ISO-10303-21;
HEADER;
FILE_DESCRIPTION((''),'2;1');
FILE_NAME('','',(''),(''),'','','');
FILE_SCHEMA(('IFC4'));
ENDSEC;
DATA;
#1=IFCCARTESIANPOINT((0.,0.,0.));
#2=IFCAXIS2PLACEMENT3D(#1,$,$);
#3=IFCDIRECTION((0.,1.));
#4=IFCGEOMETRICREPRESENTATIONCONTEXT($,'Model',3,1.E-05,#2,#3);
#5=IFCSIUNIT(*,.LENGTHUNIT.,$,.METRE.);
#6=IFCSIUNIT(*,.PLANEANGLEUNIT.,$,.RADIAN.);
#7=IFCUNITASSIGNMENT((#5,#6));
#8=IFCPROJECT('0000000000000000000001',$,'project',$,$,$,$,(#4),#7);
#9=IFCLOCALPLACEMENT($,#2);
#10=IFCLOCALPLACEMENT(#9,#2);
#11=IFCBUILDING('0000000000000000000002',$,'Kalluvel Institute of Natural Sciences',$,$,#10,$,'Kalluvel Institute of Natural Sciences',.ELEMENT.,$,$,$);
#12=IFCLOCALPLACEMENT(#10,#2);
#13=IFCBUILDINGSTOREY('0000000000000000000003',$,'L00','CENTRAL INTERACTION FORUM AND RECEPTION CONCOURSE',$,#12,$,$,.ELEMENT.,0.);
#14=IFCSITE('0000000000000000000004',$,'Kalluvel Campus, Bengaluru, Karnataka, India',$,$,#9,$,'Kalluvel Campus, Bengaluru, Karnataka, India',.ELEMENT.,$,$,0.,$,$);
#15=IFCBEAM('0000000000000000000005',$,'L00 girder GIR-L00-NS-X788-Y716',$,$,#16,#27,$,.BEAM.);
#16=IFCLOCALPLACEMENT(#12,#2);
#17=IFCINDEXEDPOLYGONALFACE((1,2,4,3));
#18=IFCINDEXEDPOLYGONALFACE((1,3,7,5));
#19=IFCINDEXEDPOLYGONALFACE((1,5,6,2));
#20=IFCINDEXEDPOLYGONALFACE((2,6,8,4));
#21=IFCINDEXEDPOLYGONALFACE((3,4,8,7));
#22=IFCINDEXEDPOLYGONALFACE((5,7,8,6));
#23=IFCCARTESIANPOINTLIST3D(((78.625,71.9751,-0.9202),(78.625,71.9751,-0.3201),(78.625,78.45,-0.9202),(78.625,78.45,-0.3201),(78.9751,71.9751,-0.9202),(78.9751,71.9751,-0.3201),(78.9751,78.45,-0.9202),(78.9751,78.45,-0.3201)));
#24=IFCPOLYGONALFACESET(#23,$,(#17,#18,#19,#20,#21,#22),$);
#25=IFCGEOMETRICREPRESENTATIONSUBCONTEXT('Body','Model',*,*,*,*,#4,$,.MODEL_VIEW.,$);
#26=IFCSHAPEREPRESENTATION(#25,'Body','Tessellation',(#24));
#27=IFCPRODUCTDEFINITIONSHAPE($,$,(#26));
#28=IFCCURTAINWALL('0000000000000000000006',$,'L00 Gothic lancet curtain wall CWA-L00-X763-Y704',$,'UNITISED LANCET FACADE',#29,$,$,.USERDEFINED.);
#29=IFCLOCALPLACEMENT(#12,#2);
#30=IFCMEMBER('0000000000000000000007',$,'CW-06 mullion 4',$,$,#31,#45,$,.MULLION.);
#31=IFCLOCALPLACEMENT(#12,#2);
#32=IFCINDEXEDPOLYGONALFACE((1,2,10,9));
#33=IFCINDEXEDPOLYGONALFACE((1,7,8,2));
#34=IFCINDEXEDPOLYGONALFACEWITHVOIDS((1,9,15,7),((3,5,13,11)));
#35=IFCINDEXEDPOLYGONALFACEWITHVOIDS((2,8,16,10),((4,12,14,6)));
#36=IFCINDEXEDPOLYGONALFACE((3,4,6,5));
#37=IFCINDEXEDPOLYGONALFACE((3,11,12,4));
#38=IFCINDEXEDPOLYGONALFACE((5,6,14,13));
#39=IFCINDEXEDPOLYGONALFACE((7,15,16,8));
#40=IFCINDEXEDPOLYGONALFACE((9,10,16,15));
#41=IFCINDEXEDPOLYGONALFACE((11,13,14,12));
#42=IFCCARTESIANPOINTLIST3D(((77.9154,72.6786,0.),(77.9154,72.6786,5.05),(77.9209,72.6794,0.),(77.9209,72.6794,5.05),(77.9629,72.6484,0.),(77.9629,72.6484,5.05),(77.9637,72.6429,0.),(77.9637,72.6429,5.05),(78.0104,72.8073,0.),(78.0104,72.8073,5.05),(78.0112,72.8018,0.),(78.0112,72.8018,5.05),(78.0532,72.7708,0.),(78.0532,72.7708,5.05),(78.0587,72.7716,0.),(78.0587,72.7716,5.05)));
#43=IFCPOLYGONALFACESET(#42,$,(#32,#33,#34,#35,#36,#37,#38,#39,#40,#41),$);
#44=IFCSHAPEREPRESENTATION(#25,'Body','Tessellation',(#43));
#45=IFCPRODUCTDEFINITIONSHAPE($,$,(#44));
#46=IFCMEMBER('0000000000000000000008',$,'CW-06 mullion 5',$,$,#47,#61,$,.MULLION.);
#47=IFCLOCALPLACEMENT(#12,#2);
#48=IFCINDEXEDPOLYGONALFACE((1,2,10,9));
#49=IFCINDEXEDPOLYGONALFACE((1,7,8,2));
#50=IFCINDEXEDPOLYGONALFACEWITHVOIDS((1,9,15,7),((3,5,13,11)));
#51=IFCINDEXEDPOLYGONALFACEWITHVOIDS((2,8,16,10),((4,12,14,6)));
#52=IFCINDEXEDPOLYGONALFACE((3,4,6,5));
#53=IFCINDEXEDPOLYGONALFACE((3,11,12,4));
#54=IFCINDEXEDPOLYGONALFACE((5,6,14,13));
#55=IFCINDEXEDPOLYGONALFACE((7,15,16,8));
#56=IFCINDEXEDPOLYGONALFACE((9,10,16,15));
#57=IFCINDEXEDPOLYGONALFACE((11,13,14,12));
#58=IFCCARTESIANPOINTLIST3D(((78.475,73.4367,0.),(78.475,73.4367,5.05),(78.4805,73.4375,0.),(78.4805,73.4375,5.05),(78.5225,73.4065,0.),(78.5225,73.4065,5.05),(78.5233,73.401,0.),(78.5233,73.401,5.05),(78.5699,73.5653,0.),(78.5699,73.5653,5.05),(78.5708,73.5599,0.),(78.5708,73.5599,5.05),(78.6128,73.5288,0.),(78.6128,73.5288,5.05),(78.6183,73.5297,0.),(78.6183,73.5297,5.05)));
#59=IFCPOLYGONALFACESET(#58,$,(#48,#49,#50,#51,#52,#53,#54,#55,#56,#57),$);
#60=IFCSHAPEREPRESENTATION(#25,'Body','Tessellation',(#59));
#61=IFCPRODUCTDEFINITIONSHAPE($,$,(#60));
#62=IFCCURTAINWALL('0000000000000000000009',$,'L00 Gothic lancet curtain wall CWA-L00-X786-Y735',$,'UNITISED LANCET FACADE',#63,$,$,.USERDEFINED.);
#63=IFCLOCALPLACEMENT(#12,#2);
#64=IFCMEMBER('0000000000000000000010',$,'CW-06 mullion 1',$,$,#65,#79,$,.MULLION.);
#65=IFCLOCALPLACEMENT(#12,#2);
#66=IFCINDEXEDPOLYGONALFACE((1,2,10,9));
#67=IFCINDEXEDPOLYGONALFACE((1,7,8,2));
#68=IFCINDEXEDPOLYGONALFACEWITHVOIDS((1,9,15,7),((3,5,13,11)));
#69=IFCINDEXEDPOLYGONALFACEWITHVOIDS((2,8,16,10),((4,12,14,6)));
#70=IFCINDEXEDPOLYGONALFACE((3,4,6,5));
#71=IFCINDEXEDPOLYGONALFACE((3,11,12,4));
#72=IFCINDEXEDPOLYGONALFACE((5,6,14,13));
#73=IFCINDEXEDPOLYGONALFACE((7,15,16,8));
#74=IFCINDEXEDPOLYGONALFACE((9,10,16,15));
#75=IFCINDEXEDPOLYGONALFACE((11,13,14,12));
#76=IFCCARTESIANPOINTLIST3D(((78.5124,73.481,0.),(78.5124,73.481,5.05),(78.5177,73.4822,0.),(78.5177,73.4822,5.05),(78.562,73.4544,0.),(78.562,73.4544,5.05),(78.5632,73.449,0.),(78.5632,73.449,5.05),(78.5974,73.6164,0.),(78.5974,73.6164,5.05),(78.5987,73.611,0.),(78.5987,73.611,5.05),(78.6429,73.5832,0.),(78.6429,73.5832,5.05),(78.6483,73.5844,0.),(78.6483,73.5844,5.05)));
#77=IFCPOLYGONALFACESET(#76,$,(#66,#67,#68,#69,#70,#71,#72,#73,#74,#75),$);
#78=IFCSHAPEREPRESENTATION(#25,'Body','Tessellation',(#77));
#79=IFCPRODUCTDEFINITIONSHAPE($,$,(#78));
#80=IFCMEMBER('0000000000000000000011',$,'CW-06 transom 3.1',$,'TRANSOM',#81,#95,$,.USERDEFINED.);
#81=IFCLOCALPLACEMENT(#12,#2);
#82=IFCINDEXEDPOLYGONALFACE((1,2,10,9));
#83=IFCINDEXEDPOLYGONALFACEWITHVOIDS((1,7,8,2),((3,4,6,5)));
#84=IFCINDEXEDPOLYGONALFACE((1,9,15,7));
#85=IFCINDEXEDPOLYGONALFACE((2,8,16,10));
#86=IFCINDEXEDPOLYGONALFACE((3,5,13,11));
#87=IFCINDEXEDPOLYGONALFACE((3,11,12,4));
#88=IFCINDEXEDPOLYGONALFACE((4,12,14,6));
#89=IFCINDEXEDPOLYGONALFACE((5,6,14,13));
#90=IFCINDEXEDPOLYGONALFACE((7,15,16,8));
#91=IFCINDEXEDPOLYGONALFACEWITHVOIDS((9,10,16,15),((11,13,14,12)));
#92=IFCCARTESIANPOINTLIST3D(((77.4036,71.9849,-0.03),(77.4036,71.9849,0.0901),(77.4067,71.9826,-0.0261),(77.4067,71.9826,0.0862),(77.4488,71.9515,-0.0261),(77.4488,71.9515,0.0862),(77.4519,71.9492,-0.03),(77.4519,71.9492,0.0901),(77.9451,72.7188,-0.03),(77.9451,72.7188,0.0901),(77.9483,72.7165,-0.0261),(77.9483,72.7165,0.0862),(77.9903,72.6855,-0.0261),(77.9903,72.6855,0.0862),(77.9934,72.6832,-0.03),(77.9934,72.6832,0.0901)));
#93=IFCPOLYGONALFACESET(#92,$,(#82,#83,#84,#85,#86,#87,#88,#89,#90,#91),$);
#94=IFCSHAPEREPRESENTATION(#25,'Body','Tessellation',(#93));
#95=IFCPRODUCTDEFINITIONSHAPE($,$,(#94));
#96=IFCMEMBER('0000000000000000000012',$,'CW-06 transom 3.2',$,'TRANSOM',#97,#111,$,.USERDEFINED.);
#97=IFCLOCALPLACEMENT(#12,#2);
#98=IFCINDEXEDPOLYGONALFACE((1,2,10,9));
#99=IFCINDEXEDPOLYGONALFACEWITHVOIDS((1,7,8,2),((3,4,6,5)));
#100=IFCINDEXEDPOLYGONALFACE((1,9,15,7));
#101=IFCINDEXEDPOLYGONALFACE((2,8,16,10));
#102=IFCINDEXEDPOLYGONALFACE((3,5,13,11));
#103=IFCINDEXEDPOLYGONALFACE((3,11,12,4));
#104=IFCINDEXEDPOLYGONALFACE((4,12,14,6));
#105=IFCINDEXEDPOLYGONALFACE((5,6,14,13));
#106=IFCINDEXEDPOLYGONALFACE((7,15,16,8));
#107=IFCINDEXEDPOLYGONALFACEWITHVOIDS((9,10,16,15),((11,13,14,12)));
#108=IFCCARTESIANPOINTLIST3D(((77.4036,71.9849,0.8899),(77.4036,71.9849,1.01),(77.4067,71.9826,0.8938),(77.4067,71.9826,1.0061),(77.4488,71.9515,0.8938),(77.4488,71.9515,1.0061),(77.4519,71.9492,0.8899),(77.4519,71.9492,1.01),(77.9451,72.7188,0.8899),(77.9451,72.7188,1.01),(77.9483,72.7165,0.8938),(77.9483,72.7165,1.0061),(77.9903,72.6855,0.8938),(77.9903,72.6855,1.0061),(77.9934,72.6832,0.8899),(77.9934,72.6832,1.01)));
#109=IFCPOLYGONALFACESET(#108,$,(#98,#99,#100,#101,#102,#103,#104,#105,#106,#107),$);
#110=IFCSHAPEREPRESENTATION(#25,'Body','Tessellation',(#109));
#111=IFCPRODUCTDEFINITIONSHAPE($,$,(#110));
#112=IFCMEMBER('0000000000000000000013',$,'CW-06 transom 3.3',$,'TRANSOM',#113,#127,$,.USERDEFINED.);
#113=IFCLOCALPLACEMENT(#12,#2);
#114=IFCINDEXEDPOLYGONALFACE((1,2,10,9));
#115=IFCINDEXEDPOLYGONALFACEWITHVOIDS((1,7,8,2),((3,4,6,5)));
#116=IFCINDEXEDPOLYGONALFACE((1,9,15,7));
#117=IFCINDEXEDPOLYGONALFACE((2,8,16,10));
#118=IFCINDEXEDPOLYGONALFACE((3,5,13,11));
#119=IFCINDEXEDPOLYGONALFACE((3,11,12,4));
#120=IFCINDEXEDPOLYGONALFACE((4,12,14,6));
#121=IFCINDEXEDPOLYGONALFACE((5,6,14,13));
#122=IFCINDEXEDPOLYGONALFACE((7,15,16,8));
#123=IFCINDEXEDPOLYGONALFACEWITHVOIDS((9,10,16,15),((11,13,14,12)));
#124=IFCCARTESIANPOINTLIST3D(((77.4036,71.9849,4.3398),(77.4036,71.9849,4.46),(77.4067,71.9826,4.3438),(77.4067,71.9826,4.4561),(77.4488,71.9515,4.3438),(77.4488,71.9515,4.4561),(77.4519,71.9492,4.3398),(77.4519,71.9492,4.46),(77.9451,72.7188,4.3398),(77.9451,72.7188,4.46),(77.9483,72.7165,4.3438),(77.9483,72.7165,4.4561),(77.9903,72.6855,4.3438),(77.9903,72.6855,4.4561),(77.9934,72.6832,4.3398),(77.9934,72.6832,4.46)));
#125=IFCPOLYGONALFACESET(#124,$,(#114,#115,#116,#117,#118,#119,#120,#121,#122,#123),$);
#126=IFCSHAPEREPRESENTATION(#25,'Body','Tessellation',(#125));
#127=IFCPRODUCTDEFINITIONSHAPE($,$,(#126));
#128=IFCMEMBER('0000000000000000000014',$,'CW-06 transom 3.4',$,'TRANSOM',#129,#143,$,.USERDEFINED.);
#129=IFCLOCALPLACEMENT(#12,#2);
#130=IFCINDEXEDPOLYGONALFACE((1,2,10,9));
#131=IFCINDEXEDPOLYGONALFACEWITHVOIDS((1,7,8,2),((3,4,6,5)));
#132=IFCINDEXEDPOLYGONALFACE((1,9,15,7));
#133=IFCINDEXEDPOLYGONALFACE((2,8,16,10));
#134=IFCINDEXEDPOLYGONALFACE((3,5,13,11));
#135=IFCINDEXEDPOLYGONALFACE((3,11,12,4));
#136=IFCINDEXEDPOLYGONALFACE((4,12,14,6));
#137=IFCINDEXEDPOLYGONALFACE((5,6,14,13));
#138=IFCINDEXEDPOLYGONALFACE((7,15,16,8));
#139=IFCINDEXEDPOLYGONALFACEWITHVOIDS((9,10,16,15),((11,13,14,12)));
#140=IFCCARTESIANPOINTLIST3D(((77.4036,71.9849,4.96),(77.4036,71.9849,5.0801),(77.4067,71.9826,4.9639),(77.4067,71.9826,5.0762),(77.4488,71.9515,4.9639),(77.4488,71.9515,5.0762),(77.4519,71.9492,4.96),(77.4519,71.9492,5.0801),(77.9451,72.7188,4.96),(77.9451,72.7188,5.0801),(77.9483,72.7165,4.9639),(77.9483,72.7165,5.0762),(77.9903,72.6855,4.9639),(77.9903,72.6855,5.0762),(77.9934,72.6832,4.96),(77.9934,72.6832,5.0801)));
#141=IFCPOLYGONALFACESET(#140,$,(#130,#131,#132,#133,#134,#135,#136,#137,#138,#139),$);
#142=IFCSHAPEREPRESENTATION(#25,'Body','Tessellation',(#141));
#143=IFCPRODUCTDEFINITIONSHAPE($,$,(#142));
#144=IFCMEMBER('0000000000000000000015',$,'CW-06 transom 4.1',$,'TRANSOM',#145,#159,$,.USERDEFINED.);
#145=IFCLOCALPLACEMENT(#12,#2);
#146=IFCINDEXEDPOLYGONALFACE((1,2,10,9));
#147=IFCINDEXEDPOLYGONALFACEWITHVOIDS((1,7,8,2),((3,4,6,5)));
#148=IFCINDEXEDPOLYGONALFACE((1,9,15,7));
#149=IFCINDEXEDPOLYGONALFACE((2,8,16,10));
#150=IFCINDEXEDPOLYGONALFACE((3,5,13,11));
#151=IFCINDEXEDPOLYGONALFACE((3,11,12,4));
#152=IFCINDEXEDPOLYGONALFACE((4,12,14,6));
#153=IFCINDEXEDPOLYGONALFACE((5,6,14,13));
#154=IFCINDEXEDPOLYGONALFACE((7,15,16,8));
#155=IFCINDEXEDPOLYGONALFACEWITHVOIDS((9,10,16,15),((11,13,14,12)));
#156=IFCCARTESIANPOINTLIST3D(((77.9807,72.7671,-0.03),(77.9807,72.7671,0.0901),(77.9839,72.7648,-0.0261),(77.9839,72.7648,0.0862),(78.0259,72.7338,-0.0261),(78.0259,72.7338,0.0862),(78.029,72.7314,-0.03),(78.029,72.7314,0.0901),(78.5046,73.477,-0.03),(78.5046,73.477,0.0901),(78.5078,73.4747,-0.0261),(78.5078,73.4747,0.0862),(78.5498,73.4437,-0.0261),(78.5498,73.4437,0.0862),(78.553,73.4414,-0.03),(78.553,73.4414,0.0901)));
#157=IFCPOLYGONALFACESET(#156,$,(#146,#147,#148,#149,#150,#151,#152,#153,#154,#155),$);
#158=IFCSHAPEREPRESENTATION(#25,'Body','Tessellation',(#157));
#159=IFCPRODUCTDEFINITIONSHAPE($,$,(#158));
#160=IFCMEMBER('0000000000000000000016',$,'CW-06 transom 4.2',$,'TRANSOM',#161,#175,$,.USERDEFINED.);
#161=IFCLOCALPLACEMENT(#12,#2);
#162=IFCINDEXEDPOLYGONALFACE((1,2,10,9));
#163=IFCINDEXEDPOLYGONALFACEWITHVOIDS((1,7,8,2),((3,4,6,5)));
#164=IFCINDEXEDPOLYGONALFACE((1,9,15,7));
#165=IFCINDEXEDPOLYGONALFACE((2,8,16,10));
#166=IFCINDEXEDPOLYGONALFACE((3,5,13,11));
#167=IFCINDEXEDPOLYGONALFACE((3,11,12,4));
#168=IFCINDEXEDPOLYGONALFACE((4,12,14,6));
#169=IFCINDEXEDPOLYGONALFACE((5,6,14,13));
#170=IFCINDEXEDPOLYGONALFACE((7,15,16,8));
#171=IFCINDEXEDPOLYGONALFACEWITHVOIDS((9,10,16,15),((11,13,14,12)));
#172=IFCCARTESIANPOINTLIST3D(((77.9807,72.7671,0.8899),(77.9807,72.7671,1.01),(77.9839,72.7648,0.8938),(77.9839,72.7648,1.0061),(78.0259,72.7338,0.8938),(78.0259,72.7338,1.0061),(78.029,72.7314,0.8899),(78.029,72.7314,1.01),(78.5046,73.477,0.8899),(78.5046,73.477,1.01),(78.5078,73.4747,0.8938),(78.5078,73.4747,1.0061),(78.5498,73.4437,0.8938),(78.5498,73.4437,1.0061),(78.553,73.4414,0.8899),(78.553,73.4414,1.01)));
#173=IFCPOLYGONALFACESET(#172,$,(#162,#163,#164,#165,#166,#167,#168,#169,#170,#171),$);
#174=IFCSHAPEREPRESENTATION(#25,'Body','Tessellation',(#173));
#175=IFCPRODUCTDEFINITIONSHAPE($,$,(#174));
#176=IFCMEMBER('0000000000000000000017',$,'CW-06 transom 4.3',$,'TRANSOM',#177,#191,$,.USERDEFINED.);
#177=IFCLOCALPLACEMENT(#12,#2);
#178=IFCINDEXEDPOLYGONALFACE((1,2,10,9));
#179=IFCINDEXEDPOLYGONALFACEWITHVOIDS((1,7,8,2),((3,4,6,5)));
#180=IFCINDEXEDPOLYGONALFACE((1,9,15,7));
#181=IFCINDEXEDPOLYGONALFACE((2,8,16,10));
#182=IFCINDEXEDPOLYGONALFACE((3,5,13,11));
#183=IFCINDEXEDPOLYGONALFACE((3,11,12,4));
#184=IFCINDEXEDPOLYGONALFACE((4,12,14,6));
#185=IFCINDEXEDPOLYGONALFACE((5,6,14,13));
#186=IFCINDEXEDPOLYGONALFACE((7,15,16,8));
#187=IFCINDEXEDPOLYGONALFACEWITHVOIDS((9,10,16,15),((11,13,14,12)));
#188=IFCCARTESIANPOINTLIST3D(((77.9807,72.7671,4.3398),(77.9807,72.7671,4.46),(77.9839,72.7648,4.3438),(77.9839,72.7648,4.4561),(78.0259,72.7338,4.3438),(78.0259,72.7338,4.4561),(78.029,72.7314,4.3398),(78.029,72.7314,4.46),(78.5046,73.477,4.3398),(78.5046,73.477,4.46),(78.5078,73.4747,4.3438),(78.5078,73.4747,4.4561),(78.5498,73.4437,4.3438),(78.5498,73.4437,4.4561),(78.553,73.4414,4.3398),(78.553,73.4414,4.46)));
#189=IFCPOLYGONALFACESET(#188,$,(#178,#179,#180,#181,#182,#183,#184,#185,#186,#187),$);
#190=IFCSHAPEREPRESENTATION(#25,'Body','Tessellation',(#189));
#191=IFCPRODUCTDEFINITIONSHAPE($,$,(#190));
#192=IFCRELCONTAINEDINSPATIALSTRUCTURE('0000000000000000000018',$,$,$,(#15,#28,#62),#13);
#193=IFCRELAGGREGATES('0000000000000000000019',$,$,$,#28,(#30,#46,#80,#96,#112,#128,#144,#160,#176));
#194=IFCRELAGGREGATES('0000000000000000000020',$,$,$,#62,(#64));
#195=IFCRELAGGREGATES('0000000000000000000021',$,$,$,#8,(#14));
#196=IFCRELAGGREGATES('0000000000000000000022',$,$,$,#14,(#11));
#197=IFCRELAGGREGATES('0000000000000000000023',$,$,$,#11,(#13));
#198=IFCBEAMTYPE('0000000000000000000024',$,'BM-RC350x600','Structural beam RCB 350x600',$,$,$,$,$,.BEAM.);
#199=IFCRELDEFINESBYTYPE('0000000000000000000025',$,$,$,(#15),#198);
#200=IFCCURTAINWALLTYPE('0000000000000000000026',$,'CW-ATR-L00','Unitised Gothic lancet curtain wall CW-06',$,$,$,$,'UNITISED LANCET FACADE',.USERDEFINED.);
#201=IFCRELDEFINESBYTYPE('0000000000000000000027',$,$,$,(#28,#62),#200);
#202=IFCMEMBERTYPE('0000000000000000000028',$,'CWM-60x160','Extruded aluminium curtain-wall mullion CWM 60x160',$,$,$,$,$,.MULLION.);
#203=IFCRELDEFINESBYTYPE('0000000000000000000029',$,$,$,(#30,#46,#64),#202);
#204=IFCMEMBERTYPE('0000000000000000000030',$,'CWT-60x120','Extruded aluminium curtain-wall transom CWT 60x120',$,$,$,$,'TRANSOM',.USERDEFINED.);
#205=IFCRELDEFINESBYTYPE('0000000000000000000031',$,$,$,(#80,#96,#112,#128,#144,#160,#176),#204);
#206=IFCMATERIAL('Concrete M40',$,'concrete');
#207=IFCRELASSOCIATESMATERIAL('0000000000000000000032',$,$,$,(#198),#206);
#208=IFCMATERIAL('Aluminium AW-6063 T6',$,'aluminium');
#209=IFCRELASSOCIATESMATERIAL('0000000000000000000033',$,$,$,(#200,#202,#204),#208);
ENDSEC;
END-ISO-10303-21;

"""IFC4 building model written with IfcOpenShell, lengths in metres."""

from ifc_helpers import new_model, si_unit, direction, frame, origin, origin_2d, place, context, subcontext, project, spatial, rectangle, hollow_rectangle, extrude, material, material_profile, profile_set, type_object, element, aggregate, save


model = new_model("IFC4")

# Units and contexts
model_context = context("Model", 3, precision=1e-05, world=origin(), true_north=direction((0.0, 1.0)))
body_context = subcontext(model_context, "Body", "Model", "MODEL_VIEW")
ifc_project = project(units=[si_unit("LENGTHUNIT", "METRE"), si_unit("PLANEANGLEUNIT", "RADIAN")], contexts=[model_context])

# Site, building, storey
site_placement = place(None, origin())
site = spatial("IfcSite", under=ifc_project, at=site_placement, Name="Kalluvel Campus, Bengaluru, Karnataka, India", LongName="Kalluvel Campus, Bengaluru, Karnataka, India", CompositionType="ELEMENT", RefElevation=0.0)
building_placement = place(site_placement, origin())
building = spatial("IfcBuilding", under=site, at=building_placement, Name="Kalluvel Institute of Natural Sciences", LongName="Kalluvel Institute of Natural Sciences", CompositionType="ELEMENT")
storey_placement = place(building_placement, origin())
storey = spatial("IfcBuildingStorey", under=building, at=storey_placement, Name="L00", Description="CENTRAL INTERACTION FORUM AND RECEPTION CONCOURSE", CompositionType="ELEMENT", Elevation=0.0)

# Beam
ifc_material_1 = material(Name="Concrete M40", Category="concrete")
ifc_material_profile_1 = material_profile(ifc_material_1, rectangle(XDim=0.3501, YDim=0.6001, at=origin_2d()), Name="RCB 350x600")
ifc_profile_set_1 = profile_set([ifc_material_profile_1], Name="Concrete M40")
beam_type = type_object("IfcBeamType", Name="BM-RC350x600", Description="Structural beam RCB 350x600", PredefinedType="BEAM", material=ifc_profile_set_1)
beam_placement = place(storey_placement, frame((78.8, 71.9751, -0.6201), z_axis=(0.0, 1.0, 0.0), x_axis=(-1.0, 0.0, 0.0)))
element("IfcBeam", 1, at=beam_placement, inside=storey, type_object=beam_type, Name="L00 girder GIR-L00-NS-X788-Y716", PredefinedType="BEAM", context=body_context, shape_type="SweptSolid", body=[
    extrude(rectangle(XDim=0.3501, YDim=0.6001, at=origin_2d()), origin(), (0.0, 0.0, 1.0), 6.4749),
])

# Curtain wall, members
ifc_material_2 = material(Name="Aluminium AW-6063 T6", Category="aluminium")
curtain_wall_type = type_object("IfcCurtainWallType", Name="CW-ATR-L00", Description="Unitised Gothic lancet curtain wall CW-06", ElementType="UNITISED LANCET FACADE", PredefinedType="USERDEFINED", material=ifc_material_2)
curtain_wall_1_placement = place(storey_placement, origin())
curtain_wall_1 = element("IfcCurtainWall", 2, at=curtain_wall_1_placement, inside=storey, type_object=curtain_wall_type, Name="L00 Gothic lancet curtain wall CWA-L00-X763-Y704", ObjectType="UNITISED LANCET FACADE", PredefinedType="USERDEFINED")
ifc_material_profile_2 = material_profile(ifc_material_2, hollow_rectangle(XDim=0.0601, YDim=0.1599, WallThickness=0.0039, at=origin_2d()), Name="CWM 60x160")
ifc_profile_set_2 = profile_set([ifc_material_profile_2], Name="Aluminium AW-6063 T6")
member_type_1 = type_object("IfcMemberType", Name="CWM-60x160", Description="Extruded aluminium curtain-wall mullion CWM 60x160", PredefinedType="MULLION", material=ifc_profile_set_2)
member_1_placement = place(storey_placement, frame((77.9871, 72.7251, 0.0), z_axis=(0.0, 0.0, 1.0), x_axis=(-0.804602, 0.593815, 0.0)))
member_1 = element("IfcMember", 3, at=member_1_placement, type_object=member_type_1, Name="CW-06 mullion 4", PredefinedType="MULLION", context=body_context, shape_type="SweptSolid", body=[
    extrude(hollow_rectangle(XDim=0.0601, YDim=0.1599, WallThickness=0.0039, at=origin_2d()), origin(), (0.0, 0.0, 1.0), 5.05),
])
member_2_placement = place(storey_placement, frame((78.5466, 73.4832, 0.0), z_axis=(0.0, 0.0, 1.0), x_axis=(-0.804602, 0.593815, 0.0)))
member_2 = element("IfcMember", 4, at=member_2_placement, type_object=member_type_1, Name="CW-06 mullion 5", PredefinedType="MULLION", context=body_context, shape_type="SweptSolid", body=[
    extrude(hollow_rectangle(XDim=0.0601, YDim=0.1599, WallThickness=0.0039, at=origin_2d()), origin(), (0.0, 0.0, 1.0), 5.05),
])

# Curtain wall, member
curtain_wall_2_placement = place(storey_placement, origin())
curtain_wall_2 = element("IfcCurtainWall", 5, at=curtain_wall_2_placement, inside=storey, type_object=curtain_wall_type, Name="L00 Gothic lancet curtain wall CWA-L00-X786-Y735", ObjectType="UNITISED LANCET FACADE", PredefinedType="USERDEFINED")
member_3_placement = place(storey_placement, frame((78.5803, 73.5327, 0.0), z_axis=(0.0, 0.0, 1.0), x_axis=(-0.846722, 0.532036, 0.0)))
member_3 = element("IfcMember", 6, at=member_3_placement, type_object=member_type_1, Name="CW-06 mullion 1", PredefinedType="MULLION", context=body_context, shape_type="SweptSolid", body=[
    extrude(hollow_rectangle(XDim=0.0601, YDim=0.1599, WallThickness=0.0039, at=origin_2d()), origin(), (0.0, 0.0, 1.0), 5.05),
])

# Members
ifc_material_profile_3 = material_profile(ifc_material_2, hollow_rectangle(XDim=0.0601, YDim=0.1201, WallThickness=0.0039, at=origin_2d()), Name="CWT 60x120")
ifc_profile_set_3 = profile_set([ifc_material_profile_3], Name="Aluminium AW-6063 T6")
member_type_2 = type_object("IfcMemberType", Name="CWT-60x120", Description="Extruded aluminium curtain-wall transom CWT 60x120", ElementType="TRANSOM", PredefinedType="USERDEFINED", material=ifc_profile_set_3)
member_4_placement = place(storey_placement, frame((77.4277, 71.967, 0.03), z_axis=(0.593729, 0.804665, 0.0), x_axis=(-0.804665, 0.593729, 0.0)))
member_4 = element("IfcMember", 7, at=member_4_placement, type_object=member_type_2, Name="CW-06 transom 3.1", ObjectType="TRANSOM", PredefinedType="USERDEFINED", context=body_context, shape_type="SweptSolid", body=[
    extrude(hollow_rectangle(XDim=0.0601, YDim=0.1201, WallThickness=0.0039, at=origin_2d()), origin(), (0.0, 0.0, 1.0), 0.9121),
])
member_5_placement = place(storey_placement, frame((77.4277, 71.967, 0.95), z_axis=(0.593729, 0.804665, 0.0), x_axis=(-0.804665, 0.593729, 0.0)))
member_5 = element("IfcMember", 8, at=member_5_placement, type_object=member_type_2, Name="CW-06 transom 3.2", ObjectType="TRANSOM", PredefinedType="USERDEFINED", context=body_context, shape_type="SweptSolid", body=[
    extrude(hollow_rectangle(XDim=0.0601, YDim=0.1201, WallThickness=0.0039, at=origin_2d()), origin(), (0.0, 0.0, 1.0), 0.9121),
])
member_6_placement = place(storey_placement, frame((77.4277, 71.967, 4.3999), z_axis=(0.593729, 0.804665, 0.0), x_axis=(-0.804665, 0.593729, 0.0)))
member_6 = element("IfcMember", 9, at=member_6_placement, type_object=member_type_2, Name="CW-06 transom 3.3", ObjectType="TRANSOM", PredefinedType="USERDEFINED", context=body_context, shape_type="SweptSolid", body=[
    extrude(hollow_rectangle(XDim=0.0601, YDim=0.1201, WallThickness=0.0039, at=origin_2d()), origin(), (0.0, 0.0, 1.0), 0.9121),
])
member_7_placement = place(storey_placement, frame((77.4277, 71.967, 5.02), z_axis=(0.593729, 0.804665, 0.0), x_axis=(-0.804665, 0.593729, 0.0)))
member_7 = element("IfcMember", 10, at=member_7_placement, type_object=member_type_2, Name="CW-06 transom 3.4", ObjectType="TRANSOM", PredefinedType="USERDEFINED", context=body_context, shape_type="SweptSolid", body=[
    extrude(hollow_rectangle(XDim=0.0601, YDim=0.1201, WallThickness=0.0039, at=origin_2d()), origin(), (0.0, 0.0, 1.0), 0.9121),
])
member_8_placement = place(storey_placement, frame((78.0049, 72.7493, 0.03), z_axis=(0.593784, 0.804624, 0.0), x_axis=(-0.804624, 0.593784, 0.0)))
member_8 = element("IfcMember", 11, at=member_8_placement, type_object=member_type_2, Name="CW-06 transom 4.1", ObjectType="TRANSOM", PredefinedType="USERDEFINED", context=body_context, shape_type="SweptSolid", body=[
    extrude(hollow_rectangle(XDim=0.0601, YDim=0.1201, WallThickness=0.0039, at=origin_2d()), origin(), (0.0, 0.0, 1.0), 0.8823),
])
member_9_placement = place(storey_placement, frame((78.0049, 72.7493, 0.95), z_axis=(0.593784, 0.804624, 0.0), x_axis=(-0.804624, 0.593784, 0.0)))
member_9 = element("IfcMember", 12, at=member_9_placement, type_object=member_type_2, Name="CW-06 transom 4.2", ObjectType="TRANSOM", PredefinedType="USERDEFINED", context=body_context, shape_type="SweptSolid", body=[
    extrude(hollow_rectangle(XDim=0.0601, YDim=0.1201, WallThickness=0.0039, at=origin_2d()), origin(), (0.0, 0.0, 1.0), 0.8823),
])
member_10_placement = place(storey_placement, frame((78.0049, 72.7493, 4.3999), z_axis=(0.593784, 0.804624, 0.0), x_axis=(-0.804624, 0.593784, 0.0)))
member_10 = element("IfcMember", 13, at=member_10_placement, type_object=member_type_2, Name="CW-06 transom 4.3", ObjectType="TRANSOM", PredefinedType="USERDEFINED", context=body_context, shape_type="SweptSolid", body=[
    extrude(hollow_rectangle(XDim=0.0601, YDim=0.1201, WallThickness=0.0039, at=origin_2d()), origin(), (0.0, 0.0, 1.0), 0.8823),
])

aggregate(curtain_wall_1, [member_1, member_2, member_4, member_5, member_6, member_7, member_8, member_9, member_10])
aggregate(curtain_wall_2, [member_3])

save(model, "model.ifc")
